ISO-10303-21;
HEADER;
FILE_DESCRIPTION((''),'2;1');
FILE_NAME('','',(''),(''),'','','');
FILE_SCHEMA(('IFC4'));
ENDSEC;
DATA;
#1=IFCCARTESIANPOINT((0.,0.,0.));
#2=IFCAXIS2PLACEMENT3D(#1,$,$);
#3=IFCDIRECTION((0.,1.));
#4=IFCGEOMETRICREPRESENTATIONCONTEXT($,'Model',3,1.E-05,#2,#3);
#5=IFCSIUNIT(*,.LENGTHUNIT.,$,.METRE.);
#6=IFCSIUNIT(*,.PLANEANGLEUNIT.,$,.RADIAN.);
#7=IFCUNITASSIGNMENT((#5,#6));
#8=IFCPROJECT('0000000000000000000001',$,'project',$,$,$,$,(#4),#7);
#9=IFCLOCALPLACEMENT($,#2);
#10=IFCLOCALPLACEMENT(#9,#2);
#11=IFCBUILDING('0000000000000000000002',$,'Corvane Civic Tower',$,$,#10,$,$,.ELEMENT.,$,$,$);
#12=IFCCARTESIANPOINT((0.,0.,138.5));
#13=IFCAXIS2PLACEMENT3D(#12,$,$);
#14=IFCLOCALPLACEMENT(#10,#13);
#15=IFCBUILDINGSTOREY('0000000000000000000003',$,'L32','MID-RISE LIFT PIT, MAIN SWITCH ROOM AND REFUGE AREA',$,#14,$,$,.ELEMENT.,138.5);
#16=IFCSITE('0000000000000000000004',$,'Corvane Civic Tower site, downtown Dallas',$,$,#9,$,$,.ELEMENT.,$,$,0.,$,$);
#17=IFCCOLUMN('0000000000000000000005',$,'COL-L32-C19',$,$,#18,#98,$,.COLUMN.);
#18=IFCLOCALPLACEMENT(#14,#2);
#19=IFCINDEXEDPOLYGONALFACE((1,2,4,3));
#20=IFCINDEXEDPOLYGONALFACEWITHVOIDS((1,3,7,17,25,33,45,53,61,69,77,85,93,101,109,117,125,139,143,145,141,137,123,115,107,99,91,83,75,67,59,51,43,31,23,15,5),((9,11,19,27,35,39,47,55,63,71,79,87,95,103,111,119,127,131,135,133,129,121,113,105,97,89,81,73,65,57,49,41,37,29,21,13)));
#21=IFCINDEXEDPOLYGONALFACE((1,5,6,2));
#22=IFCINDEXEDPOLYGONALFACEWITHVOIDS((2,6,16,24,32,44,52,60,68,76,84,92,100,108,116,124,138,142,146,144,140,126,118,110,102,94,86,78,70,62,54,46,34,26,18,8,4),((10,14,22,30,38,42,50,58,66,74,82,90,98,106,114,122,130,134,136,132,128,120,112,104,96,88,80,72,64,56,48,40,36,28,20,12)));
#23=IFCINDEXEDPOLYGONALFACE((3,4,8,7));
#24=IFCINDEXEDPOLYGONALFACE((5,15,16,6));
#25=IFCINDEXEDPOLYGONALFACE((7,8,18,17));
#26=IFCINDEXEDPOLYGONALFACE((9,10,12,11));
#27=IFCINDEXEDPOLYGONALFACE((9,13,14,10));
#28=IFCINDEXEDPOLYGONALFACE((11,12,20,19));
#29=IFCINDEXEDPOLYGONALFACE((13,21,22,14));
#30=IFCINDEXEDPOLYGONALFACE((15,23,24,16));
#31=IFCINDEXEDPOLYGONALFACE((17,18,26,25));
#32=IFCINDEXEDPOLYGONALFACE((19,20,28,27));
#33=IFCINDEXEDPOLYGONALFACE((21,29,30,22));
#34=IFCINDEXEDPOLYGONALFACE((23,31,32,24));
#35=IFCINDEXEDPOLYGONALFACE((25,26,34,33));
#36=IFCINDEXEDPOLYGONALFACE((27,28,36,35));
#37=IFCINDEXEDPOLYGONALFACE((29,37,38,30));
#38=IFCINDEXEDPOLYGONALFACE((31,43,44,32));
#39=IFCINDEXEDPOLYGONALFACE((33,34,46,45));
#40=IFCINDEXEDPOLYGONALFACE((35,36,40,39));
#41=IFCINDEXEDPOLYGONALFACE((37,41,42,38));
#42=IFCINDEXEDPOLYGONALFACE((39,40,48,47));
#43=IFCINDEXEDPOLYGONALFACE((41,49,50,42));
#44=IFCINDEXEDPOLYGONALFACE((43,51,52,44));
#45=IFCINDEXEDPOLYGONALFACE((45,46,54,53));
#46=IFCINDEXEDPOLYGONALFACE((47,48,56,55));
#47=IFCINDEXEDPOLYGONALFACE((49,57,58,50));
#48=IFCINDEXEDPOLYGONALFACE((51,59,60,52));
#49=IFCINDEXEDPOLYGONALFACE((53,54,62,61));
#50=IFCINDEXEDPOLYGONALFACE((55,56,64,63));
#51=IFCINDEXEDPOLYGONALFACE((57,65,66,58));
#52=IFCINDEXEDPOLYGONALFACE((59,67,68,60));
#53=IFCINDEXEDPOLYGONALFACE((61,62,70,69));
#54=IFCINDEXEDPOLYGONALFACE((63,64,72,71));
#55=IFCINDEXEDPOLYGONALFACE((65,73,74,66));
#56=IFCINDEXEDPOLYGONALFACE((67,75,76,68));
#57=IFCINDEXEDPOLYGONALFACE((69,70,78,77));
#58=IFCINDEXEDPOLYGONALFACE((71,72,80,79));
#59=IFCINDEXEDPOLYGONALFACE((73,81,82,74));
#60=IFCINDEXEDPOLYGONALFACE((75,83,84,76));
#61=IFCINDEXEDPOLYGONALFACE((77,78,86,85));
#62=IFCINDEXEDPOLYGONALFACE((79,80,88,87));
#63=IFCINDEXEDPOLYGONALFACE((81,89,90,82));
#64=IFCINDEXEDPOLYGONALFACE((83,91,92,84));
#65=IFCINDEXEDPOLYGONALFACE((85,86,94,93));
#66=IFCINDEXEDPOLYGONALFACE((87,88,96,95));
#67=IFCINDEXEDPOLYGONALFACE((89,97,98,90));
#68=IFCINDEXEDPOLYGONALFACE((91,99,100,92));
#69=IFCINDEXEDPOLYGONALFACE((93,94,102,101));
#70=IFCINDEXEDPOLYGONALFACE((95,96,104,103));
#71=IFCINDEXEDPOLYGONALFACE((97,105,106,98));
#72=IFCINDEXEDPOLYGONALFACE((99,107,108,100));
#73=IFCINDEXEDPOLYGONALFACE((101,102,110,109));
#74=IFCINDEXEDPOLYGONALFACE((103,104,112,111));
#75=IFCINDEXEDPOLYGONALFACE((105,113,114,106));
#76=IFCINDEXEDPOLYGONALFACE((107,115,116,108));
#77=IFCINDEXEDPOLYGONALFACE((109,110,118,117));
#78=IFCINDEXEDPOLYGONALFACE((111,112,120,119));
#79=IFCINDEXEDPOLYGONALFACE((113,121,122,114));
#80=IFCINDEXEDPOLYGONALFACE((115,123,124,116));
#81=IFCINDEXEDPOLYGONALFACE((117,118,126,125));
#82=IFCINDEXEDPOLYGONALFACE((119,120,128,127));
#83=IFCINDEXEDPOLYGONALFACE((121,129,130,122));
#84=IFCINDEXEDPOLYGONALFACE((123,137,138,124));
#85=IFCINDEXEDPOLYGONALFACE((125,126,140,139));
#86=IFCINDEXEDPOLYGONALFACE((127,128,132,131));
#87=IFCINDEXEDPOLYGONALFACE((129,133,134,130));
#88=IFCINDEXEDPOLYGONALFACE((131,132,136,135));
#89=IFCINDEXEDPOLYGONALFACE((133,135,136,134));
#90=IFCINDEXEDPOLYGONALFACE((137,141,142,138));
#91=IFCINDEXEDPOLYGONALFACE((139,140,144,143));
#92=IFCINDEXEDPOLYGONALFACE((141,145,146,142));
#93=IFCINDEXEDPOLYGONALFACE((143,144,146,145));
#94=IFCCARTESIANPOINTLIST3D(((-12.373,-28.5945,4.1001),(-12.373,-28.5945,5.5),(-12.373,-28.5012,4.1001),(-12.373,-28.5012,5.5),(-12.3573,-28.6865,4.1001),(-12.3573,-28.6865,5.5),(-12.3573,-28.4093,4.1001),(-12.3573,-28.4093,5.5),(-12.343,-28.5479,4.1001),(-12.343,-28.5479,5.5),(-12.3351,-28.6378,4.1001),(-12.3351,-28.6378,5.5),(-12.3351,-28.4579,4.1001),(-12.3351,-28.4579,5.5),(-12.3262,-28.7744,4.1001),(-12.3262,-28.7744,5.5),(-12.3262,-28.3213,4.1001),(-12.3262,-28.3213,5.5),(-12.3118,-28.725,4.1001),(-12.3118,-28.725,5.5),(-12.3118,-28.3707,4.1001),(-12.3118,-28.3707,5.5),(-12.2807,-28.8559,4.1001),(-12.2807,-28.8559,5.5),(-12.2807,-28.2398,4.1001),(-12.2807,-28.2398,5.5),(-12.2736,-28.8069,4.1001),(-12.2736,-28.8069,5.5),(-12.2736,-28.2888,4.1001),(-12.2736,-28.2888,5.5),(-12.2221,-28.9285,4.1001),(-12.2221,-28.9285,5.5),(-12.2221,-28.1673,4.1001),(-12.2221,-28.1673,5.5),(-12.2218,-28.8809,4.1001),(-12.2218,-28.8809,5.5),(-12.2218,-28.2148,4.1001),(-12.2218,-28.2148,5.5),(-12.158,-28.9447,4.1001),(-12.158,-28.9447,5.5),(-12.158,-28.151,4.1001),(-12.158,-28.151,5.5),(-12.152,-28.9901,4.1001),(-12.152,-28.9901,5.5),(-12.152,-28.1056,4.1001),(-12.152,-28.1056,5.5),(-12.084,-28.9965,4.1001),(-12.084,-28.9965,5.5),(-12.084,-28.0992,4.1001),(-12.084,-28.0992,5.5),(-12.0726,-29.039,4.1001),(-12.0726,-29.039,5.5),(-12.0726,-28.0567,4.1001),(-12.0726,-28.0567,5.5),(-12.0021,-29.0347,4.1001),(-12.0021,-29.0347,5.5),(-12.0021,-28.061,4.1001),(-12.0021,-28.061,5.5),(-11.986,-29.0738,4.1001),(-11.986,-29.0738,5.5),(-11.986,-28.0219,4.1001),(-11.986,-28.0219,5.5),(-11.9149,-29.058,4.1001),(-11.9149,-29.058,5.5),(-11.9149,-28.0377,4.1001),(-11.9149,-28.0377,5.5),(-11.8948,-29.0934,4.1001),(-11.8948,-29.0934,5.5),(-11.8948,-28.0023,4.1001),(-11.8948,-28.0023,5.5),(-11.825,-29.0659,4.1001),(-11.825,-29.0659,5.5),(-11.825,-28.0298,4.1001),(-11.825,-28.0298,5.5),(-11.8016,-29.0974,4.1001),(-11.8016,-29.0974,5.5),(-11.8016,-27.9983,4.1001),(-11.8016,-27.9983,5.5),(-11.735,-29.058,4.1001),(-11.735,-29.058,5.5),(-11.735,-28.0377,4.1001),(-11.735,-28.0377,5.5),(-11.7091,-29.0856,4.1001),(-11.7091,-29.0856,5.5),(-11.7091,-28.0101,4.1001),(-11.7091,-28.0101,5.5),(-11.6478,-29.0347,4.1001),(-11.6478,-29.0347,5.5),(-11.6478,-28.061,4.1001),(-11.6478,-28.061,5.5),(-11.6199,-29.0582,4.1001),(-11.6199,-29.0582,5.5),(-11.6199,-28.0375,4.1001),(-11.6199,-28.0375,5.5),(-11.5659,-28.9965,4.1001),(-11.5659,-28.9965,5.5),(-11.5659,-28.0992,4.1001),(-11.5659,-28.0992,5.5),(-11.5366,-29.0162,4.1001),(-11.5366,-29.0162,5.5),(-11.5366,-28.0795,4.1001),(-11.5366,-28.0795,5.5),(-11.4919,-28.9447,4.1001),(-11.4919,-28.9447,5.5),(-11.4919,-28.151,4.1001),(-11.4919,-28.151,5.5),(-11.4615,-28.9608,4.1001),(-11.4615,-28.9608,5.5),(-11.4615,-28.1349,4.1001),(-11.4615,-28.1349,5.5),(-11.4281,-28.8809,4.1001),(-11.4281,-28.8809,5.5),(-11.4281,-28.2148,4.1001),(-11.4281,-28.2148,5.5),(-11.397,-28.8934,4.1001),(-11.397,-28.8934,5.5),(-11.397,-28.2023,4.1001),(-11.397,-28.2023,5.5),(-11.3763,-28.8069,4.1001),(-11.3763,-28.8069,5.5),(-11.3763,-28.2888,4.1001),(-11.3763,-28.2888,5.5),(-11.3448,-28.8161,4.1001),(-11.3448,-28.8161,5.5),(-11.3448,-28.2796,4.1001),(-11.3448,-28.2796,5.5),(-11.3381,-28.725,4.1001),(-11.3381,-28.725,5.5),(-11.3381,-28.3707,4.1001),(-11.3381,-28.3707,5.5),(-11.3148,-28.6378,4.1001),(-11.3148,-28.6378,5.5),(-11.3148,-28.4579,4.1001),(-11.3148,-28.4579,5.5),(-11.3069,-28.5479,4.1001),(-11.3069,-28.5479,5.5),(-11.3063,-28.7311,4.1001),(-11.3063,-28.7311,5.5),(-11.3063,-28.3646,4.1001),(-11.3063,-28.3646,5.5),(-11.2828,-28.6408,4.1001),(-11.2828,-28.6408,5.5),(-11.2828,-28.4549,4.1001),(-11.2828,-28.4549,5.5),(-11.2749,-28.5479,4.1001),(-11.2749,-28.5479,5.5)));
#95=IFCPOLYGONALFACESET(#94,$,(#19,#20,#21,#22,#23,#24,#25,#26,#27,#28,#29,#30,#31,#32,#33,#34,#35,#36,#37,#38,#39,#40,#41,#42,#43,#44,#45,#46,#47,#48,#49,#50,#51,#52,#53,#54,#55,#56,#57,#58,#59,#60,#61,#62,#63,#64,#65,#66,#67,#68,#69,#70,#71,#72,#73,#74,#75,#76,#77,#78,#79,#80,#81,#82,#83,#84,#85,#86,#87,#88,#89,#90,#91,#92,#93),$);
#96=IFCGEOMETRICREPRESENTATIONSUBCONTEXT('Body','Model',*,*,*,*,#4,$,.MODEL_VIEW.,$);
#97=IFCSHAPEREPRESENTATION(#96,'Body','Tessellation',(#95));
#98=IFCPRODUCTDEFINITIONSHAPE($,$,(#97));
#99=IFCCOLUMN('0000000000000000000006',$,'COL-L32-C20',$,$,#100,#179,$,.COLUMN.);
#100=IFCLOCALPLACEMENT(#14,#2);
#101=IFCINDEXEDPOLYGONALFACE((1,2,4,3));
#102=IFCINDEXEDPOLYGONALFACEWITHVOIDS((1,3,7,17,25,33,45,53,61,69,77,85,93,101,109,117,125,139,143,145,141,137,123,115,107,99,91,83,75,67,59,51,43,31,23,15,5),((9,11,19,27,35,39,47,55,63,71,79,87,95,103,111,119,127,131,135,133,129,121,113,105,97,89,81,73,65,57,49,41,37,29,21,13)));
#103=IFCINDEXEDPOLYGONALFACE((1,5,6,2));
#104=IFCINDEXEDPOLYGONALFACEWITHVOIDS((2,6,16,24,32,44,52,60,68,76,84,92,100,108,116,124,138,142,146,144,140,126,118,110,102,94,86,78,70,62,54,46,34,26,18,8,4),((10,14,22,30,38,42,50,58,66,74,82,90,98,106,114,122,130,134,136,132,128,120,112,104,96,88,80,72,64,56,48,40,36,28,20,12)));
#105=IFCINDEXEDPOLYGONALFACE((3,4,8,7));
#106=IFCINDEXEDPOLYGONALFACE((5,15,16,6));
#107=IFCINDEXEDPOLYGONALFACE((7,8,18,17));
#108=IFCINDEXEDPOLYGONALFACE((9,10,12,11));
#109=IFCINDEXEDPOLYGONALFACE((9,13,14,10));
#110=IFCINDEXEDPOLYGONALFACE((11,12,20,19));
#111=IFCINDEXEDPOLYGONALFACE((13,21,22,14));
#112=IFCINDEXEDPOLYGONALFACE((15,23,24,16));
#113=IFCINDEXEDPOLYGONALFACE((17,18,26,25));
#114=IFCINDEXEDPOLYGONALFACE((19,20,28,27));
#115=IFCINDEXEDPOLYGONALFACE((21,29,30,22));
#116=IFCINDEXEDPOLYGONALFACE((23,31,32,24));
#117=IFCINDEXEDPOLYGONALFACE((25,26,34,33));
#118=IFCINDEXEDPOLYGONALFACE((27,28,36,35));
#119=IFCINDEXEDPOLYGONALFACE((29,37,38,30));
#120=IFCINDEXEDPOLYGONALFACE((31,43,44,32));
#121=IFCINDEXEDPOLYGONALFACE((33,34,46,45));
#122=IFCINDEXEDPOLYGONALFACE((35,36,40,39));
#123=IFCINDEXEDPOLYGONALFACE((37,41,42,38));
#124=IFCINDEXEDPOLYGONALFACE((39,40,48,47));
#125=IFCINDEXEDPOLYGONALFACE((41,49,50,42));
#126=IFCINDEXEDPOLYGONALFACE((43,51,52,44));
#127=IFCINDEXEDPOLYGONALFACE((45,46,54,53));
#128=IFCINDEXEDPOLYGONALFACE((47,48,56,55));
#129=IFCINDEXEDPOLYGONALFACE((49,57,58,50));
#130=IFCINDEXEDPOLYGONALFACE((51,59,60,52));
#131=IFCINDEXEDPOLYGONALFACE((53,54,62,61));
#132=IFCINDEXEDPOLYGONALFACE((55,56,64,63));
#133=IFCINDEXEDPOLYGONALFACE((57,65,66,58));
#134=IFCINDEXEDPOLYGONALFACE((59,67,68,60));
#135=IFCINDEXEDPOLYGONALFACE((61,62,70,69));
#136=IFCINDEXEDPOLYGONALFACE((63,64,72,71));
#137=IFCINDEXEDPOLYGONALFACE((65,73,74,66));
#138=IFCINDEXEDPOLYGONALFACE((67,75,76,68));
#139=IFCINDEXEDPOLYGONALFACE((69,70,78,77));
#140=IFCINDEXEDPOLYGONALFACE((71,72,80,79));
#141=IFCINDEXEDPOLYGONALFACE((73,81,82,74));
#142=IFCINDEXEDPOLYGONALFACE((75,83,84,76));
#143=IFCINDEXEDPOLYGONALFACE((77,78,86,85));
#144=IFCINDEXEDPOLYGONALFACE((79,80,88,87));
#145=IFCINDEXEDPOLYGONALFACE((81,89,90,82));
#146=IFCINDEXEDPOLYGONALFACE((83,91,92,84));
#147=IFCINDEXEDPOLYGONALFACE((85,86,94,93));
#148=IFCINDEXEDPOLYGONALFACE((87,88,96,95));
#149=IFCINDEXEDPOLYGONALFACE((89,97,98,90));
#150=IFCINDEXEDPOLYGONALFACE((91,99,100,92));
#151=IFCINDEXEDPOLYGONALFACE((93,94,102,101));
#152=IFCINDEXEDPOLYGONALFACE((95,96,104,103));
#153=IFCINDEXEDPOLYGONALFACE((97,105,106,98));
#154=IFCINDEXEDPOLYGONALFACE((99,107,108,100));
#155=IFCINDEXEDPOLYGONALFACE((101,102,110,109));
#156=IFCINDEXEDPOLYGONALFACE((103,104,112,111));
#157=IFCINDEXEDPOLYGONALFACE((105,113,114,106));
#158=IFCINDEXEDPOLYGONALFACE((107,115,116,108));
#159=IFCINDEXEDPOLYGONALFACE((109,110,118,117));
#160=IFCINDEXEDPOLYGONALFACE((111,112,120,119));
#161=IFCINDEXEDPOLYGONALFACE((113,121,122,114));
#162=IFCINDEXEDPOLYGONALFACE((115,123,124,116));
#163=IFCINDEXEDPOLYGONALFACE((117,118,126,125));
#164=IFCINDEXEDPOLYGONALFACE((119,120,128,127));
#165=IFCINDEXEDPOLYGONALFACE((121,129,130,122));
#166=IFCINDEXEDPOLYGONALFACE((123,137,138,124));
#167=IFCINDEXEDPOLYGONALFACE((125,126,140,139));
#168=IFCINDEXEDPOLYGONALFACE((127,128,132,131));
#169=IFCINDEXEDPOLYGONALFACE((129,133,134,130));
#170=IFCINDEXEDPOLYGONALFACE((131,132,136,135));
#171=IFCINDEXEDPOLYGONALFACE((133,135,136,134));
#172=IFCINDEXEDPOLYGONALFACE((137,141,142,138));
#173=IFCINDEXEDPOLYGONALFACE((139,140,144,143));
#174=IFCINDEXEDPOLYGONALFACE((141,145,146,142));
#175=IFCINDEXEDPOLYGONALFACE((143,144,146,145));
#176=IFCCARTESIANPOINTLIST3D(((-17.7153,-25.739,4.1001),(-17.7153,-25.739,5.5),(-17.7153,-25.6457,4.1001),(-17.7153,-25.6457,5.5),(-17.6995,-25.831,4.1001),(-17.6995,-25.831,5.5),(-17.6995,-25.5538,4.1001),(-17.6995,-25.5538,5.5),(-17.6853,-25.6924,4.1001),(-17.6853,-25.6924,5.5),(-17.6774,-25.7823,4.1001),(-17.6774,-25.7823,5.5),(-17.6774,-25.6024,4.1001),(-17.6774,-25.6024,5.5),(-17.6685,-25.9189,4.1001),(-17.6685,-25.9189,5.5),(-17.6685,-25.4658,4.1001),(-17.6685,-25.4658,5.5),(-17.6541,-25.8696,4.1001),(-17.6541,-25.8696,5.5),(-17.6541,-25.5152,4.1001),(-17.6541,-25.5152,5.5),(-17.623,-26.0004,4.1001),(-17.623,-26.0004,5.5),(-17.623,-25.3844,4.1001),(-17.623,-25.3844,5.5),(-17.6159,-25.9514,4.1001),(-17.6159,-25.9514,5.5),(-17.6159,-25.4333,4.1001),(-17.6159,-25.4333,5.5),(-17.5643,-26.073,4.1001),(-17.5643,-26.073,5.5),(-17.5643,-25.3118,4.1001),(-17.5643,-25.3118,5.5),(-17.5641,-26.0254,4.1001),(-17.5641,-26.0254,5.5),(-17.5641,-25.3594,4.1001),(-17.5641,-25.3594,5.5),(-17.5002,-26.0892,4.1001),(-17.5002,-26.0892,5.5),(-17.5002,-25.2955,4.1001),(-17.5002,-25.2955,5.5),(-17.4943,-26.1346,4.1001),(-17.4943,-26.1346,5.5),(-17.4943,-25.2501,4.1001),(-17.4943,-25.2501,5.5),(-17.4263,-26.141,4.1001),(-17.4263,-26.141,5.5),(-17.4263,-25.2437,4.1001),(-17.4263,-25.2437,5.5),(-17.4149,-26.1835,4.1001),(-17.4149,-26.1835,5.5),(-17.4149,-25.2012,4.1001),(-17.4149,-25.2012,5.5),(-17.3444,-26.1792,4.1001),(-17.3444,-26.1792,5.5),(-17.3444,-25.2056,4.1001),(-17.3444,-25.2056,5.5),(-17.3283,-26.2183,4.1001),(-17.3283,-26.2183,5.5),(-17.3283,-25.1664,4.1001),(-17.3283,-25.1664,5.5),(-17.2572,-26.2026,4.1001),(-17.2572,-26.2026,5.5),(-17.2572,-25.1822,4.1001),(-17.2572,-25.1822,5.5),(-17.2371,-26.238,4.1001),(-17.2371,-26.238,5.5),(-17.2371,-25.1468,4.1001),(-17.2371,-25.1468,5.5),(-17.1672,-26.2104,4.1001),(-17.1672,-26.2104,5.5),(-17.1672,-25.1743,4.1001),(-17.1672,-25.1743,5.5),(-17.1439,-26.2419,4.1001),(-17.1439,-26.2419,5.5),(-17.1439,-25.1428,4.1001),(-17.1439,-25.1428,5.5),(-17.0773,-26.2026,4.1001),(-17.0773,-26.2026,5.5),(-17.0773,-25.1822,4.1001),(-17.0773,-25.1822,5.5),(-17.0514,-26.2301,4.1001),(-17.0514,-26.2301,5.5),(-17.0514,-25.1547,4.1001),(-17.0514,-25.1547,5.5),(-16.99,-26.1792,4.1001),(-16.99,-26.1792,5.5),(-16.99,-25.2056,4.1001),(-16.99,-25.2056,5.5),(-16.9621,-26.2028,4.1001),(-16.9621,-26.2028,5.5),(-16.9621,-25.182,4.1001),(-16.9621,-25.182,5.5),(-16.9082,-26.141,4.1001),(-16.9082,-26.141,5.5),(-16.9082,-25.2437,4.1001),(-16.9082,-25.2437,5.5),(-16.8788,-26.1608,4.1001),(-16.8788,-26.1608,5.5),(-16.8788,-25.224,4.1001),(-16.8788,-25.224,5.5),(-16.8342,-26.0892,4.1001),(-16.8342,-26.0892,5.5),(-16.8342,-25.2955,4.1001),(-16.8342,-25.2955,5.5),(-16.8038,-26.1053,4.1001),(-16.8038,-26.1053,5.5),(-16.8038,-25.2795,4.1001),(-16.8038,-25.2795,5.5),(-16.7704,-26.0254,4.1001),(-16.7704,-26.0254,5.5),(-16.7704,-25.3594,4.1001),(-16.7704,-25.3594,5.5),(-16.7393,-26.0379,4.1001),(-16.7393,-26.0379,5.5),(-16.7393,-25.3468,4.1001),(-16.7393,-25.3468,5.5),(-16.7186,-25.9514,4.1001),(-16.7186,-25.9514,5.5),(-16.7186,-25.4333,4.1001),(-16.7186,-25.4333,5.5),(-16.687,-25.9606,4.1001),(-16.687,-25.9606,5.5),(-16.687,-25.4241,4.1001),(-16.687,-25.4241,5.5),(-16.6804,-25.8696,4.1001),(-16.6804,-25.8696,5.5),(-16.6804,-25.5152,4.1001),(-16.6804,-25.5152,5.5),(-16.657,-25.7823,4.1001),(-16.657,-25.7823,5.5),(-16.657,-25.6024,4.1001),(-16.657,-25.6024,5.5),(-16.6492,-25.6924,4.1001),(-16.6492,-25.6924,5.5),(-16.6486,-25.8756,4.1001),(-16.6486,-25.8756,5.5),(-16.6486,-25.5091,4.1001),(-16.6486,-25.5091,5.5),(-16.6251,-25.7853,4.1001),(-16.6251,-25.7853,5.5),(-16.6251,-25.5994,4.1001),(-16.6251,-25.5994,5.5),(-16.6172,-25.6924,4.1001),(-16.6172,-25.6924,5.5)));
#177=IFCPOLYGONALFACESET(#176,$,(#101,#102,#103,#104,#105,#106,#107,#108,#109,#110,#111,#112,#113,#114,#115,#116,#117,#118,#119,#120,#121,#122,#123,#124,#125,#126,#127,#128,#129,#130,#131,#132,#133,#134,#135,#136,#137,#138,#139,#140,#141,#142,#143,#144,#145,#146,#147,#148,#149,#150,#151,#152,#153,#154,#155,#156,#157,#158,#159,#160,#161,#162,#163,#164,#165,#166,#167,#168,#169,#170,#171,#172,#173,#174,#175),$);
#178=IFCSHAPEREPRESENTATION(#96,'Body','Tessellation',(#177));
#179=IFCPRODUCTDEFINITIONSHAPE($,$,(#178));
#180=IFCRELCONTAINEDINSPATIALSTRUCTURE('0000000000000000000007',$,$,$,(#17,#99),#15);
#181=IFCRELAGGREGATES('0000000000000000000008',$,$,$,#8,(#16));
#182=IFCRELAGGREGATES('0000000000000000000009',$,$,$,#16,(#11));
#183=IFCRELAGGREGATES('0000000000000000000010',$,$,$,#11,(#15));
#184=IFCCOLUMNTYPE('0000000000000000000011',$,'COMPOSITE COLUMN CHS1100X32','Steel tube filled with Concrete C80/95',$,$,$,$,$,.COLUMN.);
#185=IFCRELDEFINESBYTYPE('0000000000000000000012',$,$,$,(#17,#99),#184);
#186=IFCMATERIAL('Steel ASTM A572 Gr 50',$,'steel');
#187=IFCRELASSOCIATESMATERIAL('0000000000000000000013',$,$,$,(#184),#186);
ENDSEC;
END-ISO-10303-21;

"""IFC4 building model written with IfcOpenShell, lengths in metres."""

from ifc_helpers import new_model, si_unit, direction, frame, origin, origin_2d, place, context, subcontext, project, spatial, hollow_circle, extrude, material, material_profile, profile_set, type_object, element, save


model = new_model("IFC4")

# Units and contexts
model_context = context("Model", 3, precision=1e-05, world=origin(), true_north=direction((0.0, 1.0)))
body_context = subcontext(model_context, "Body", "Model", "MODEL_VIEW")
ifc_project = project(units=[si_unit("LENGTHUNIT", "METRE"), si_unit("PLANEANGLEUNIT", "RADIAN")], contexts=[model_context])

# Site, building, storey
site_placement = place(None, origin())
site = spatial("IfcSite", under=ifc_project, at=site_placement, Name="Corvane Civic Tower site, downtown Dallas", CompositionType="ELEMENT", RefElevation=0.0)
building_placement = place(site_placement, origin())
building = spatial("IfcBuilding", under=site, at=building_placement, Name="Corvane Civic Tower", CompositionType="ELEMENT")
storey_placement = place(building_placement, frame((0.0, 0.0, 138.5)))
storey = spatial("IfcBuildingStorey", under=building, at=storey_placement, Name="L32", Description="MID-RISE LIFT PIT, MAIN SWITCH ROOM AND REFUGE AREA", CompositionType="ELEMENT", Elevation=138.5)

# Columns
ifc_material_1 = material(Name="Steel ASTM A572 Gr 50", Category="steel")
ifc_material_profile_1 = material_profile(ifc_material_1, hollow_circle(Radius=0.55, WallThickness=0.032, at=origin_2d()), Name="CHS1100X32")
ifc_profile_set_1 = profile_set([ifc_material_profile_1], Name="Steel ASTM A572 Gr 50")
column_type_1 = type_object("IfcColumnType", Name="COMPOSITE COLUMN CHS1100X32", Description="Steel tube filled with Concrete C80/95", PredefinedType="COLUMN", material=ifc_profile_set_1)
for number, where, z_axis, x_axis, name in (
    (1, (-11.825, -28.5479, 4.1001), (0.0, 0.0, 1.0), (1.0, 0.0, 0.0), "COL-L32-C19"),
    (2, (-17.1672, -25.6924, 4.1001), (0.0, 0.0, 1.0), (1.0, 0.0, 0.0), "COL-L32-C20"),
):
    element("IfcColumn", number, at=place(storey_placement, frame(where, z_axis=z_axis, x_axis=x_axis)), inside=storey, type_object=column_type_1, Name=name, PredefinedType="COLUMN", context=body_context, shape_type="SweptSolid", body=[
        extrude(hollow_circle(Radius=0.55, WallThickness=0.032, at=origin_2d()), origin(), (0.0, 0.0, 1.0), 1.3999),
    ])

save(model, "model.ifc")
